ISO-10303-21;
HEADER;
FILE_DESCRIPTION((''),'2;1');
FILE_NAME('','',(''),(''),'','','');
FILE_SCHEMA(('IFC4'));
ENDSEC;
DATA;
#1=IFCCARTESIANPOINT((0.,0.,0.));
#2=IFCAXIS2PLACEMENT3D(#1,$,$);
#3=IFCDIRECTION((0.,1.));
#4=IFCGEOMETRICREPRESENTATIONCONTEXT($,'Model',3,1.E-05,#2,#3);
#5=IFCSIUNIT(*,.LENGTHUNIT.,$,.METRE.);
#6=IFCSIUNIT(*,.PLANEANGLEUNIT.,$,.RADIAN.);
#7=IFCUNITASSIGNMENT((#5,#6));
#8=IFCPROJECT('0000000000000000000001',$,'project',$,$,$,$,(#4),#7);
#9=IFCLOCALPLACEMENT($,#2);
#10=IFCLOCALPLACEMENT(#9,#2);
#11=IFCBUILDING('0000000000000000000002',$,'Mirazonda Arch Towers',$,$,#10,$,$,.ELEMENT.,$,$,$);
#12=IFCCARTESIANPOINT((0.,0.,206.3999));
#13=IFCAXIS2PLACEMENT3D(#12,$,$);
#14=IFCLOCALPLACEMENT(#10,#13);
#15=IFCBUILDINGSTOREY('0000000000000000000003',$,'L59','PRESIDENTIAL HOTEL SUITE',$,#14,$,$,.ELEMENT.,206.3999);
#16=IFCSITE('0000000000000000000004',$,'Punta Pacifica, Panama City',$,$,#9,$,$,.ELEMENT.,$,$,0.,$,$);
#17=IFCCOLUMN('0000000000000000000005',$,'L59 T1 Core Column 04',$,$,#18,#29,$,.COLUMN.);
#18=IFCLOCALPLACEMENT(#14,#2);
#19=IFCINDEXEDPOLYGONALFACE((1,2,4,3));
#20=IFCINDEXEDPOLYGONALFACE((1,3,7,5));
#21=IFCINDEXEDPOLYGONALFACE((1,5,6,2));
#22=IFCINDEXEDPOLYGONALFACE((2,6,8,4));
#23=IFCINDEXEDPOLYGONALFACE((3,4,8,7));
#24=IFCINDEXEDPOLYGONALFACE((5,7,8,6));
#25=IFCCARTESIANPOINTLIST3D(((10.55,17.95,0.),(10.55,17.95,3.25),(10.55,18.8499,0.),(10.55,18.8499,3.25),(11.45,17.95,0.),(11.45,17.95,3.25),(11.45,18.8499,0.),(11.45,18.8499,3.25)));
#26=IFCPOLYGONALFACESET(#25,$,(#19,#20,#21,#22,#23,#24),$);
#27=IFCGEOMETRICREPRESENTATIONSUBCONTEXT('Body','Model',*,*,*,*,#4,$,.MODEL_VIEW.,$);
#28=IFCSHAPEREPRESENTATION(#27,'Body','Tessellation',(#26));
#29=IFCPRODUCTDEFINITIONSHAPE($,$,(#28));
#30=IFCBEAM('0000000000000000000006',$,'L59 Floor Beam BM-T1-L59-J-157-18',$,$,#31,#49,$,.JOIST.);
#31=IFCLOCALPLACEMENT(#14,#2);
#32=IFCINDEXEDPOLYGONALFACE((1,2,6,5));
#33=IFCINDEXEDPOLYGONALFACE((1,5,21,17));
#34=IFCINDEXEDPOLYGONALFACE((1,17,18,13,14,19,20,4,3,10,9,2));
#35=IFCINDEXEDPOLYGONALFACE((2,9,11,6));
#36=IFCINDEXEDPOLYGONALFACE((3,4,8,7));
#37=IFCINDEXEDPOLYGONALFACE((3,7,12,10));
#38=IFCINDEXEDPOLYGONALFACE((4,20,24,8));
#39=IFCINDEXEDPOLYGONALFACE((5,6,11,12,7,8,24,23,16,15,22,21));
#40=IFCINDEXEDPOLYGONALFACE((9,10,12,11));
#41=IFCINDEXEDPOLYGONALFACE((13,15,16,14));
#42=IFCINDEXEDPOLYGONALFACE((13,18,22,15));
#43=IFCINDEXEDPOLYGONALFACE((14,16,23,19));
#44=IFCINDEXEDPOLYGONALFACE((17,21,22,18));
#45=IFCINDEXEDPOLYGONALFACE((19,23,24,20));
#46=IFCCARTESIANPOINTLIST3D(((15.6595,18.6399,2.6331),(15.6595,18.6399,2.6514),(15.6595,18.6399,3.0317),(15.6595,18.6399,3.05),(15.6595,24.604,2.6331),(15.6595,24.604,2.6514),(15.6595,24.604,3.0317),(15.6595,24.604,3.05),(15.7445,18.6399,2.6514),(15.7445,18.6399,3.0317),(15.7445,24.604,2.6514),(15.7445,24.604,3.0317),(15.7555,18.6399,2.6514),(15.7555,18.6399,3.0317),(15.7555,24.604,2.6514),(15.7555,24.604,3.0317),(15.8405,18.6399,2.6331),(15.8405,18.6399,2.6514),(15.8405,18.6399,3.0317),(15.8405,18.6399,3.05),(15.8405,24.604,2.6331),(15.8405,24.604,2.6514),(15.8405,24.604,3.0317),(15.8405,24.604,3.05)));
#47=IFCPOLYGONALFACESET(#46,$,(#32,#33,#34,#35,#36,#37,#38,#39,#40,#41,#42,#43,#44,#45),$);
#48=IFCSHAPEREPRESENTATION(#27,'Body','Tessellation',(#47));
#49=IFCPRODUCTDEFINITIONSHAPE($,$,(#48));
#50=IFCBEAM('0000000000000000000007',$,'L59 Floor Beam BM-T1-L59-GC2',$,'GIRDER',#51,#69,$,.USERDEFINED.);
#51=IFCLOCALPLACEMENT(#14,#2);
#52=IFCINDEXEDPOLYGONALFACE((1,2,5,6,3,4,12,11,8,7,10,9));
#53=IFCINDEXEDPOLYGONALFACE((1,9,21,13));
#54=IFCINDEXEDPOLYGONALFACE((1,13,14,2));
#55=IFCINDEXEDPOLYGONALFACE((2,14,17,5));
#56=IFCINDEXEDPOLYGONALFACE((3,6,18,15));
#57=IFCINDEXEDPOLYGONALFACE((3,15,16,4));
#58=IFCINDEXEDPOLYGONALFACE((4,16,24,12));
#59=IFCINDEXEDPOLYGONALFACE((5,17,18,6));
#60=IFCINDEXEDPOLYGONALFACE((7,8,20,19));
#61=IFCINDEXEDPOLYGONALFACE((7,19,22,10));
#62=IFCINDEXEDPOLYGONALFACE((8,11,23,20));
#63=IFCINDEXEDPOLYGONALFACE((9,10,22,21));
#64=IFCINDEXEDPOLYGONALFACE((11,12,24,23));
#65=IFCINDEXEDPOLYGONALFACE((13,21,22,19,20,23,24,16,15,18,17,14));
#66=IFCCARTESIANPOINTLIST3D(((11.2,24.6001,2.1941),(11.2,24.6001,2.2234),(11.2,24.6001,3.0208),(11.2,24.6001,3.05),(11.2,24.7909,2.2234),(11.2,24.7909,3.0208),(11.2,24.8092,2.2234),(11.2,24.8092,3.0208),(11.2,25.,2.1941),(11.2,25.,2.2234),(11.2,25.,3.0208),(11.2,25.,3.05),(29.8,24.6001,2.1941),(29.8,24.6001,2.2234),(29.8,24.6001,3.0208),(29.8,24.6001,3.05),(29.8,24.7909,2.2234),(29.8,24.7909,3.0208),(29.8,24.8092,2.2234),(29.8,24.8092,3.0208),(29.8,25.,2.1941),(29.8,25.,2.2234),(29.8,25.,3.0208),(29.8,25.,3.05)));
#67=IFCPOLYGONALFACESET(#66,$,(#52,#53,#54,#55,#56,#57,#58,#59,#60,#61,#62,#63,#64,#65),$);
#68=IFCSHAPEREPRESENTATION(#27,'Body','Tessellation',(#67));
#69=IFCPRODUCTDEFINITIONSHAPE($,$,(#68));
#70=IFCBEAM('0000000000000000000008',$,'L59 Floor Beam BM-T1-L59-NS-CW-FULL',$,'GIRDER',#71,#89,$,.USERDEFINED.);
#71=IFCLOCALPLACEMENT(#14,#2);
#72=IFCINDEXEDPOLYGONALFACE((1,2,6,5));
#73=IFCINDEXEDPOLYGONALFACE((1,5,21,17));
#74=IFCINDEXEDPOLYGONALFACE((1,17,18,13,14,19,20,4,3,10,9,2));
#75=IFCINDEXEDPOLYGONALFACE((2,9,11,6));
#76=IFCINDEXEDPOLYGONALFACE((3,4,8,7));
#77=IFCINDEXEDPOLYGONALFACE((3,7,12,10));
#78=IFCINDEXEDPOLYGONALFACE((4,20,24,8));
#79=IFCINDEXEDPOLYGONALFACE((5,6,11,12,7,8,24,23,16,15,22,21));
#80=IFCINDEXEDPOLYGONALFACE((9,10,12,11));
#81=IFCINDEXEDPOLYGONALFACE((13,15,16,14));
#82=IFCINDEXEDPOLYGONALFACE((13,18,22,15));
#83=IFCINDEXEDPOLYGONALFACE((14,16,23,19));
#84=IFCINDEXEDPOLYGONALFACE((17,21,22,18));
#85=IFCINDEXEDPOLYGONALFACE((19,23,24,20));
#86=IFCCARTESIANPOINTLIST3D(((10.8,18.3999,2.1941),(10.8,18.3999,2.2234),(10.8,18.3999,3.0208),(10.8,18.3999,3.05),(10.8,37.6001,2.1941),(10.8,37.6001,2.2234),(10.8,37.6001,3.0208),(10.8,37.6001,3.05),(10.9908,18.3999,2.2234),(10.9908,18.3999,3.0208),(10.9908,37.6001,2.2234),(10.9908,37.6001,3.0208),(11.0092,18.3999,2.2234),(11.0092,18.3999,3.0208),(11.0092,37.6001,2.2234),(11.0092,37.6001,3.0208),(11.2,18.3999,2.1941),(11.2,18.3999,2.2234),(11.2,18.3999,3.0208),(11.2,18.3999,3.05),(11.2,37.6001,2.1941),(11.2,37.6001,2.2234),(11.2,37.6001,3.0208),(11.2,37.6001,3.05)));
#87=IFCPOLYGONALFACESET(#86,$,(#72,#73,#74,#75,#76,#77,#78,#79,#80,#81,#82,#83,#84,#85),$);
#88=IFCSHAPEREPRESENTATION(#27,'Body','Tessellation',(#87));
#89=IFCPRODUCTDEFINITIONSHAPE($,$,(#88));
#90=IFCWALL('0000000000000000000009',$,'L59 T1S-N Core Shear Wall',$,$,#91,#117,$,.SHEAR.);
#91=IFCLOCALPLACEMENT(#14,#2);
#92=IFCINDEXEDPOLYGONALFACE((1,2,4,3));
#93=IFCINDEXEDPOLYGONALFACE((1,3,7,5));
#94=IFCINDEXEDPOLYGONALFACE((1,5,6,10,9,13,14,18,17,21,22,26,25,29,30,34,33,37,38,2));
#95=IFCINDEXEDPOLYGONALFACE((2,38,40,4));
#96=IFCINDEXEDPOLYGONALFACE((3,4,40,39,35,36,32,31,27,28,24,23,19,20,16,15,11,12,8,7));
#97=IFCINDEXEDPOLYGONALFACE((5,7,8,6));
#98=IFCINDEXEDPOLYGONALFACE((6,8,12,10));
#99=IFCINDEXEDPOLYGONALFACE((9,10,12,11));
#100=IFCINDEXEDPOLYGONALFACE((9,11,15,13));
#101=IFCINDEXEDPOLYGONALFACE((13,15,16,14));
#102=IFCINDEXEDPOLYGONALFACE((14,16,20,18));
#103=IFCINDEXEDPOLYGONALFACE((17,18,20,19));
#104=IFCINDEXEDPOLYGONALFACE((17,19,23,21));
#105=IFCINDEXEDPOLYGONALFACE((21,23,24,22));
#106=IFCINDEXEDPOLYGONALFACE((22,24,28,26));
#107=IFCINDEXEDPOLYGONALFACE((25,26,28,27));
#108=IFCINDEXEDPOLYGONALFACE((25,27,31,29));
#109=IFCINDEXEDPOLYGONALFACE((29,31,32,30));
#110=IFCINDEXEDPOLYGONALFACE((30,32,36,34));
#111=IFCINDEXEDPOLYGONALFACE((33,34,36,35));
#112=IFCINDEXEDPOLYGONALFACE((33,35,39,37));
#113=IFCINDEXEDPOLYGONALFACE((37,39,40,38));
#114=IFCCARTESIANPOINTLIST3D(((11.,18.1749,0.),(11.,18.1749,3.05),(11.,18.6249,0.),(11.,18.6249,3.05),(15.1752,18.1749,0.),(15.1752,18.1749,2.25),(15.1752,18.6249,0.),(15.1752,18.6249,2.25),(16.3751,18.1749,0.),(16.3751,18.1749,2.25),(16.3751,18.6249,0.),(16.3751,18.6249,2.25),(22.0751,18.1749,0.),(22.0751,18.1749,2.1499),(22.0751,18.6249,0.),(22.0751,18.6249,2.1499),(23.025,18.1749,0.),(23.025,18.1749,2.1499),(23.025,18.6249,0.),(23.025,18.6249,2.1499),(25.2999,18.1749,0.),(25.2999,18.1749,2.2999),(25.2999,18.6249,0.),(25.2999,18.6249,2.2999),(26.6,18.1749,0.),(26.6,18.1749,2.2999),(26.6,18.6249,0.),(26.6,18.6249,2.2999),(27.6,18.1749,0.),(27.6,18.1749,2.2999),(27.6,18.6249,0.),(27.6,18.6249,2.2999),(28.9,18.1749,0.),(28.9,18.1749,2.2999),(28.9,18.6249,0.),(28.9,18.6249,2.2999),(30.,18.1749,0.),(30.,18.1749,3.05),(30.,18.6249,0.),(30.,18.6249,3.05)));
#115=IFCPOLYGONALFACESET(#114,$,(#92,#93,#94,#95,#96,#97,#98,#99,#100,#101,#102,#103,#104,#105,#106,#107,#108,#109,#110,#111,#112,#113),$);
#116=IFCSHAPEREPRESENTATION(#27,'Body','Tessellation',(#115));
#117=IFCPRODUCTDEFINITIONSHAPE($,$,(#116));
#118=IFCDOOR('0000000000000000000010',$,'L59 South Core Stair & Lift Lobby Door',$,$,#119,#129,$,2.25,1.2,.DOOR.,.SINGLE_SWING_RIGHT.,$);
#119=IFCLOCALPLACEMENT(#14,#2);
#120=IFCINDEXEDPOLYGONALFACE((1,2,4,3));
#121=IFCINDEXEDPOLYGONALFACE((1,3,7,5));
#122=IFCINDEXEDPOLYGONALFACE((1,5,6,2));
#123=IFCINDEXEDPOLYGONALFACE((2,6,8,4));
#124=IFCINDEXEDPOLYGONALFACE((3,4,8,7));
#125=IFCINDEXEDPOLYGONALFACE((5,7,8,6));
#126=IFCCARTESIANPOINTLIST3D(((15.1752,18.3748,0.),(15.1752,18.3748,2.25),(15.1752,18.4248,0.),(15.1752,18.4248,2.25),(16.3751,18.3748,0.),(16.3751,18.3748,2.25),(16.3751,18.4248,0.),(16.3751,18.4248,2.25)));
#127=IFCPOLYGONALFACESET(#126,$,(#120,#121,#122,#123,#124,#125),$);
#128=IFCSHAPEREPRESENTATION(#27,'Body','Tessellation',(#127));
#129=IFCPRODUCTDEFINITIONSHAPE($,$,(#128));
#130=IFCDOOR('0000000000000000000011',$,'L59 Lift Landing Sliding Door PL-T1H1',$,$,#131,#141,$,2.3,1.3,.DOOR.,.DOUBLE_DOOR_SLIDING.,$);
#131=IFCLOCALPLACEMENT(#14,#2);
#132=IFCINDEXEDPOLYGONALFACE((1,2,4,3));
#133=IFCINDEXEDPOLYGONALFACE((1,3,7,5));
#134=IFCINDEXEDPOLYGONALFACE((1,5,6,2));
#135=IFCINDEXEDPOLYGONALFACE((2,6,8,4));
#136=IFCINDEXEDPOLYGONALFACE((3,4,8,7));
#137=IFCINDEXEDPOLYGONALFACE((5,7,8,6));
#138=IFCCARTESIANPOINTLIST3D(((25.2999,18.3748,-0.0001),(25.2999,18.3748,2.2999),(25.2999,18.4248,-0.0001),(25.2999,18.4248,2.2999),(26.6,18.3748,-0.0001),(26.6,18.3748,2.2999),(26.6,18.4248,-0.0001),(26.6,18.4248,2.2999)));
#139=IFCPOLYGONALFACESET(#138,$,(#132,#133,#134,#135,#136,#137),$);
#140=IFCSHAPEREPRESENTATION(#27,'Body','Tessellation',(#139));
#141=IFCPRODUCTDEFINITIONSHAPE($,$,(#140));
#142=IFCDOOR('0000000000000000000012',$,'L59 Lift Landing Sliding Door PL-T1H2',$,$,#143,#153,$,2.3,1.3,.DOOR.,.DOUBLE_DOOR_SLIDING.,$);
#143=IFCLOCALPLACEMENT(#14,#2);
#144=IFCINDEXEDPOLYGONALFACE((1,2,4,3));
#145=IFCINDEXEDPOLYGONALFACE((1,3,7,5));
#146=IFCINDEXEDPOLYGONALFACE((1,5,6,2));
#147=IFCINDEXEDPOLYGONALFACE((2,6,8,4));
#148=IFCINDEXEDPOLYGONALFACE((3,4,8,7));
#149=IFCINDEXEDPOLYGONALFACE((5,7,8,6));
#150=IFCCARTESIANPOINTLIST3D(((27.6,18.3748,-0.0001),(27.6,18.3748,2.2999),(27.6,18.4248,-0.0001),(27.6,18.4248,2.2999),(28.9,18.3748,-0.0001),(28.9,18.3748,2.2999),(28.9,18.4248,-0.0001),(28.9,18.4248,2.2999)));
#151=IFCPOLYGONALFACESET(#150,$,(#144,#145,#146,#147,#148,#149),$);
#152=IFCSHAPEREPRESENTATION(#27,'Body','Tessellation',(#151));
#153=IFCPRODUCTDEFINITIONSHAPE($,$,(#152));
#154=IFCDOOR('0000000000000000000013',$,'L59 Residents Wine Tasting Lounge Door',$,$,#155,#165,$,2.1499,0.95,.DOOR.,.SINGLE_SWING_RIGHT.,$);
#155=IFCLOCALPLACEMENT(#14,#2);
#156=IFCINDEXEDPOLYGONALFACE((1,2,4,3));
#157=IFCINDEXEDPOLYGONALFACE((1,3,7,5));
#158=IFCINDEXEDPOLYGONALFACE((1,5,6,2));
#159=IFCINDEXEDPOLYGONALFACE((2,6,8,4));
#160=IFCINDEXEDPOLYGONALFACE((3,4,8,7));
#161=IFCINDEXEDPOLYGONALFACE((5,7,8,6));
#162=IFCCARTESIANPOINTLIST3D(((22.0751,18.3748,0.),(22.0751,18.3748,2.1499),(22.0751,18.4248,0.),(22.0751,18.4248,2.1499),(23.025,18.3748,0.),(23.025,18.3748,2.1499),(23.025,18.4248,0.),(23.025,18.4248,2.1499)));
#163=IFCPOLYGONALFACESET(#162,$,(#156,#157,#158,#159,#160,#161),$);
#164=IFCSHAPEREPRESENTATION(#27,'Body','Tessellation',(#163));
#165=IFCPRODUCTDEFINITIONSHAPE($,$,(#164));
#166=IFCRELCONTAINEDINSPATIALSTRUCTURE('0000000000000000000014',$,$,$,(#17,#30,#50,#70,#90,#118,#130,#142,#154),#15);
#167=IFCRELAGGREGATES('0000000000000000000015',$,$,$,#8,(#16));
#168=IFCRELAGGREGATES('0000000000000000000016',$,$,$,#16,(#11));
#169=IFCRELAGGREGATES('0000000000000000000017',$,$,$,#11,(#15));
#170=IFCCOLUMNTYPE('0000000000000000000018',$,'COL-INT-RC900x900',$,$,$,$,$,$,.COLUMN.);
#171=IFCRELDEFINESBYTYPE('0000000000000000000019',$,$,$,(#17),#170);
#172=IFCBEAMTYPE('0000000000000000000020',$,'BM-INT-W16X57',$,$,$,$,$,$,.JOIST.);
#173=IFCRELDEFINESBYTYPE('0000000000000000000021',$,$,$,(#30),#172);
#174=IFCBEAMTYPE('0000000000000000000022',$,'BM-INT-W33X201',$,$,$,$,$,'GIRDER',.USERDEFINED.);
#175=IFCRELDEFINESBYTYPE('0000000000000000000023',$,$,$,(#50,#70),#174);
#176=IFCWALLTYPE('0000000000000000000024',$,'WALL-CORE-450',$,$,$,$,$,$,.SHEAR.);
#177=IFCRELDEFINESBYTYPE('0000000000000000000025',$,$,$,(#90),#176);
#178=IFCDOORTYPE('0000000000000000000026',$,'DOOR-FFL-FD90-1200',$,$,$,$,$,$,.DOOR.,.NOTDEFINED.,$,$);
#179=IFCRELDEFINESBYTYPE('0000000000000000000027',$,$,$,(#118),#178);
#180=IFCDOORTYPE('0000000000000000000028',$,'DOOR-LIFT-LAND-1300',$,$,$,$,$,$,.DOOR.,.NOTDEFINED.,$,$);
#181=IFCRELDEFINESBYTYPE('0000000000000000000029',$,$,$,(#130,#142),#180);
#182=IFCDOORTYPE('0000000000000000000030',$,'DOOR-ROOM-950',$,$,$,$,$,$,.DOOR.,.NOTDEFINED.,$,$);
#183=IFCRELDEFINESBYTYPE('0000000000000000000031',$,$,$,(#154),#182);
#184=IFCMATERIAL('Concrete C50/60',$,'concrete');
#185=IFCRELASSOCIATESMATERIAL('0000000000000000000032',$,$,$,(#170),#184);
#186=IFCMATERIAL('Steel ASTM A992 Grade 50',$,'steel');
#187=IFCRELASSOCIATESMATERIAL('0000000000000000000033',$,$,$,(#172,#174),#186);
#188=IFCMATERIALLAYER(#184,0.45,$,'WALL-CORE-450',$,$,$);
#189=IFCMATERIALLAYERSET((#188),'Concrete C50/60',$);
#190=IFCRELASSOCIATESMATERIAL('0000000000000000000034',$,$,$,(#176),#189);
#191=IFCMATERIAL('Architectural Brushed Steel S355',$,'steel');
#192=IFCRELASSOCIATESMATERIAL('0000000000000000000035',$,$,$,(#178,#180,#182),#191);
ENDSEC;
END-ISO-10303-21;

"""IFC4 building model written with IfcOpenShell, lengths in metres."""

from ifc_helpers import new_model, si_unit, direction, frame, frame_2d, origin, origin_2d, place, context, subcontext, project, spatial, rectangle, i_section, extrude, material, layer, layer_set, material_profile, profile_set, type_object, element, fill, save


model = new_model("IFC4")

# Units and contexts
model_context = context("Model", 3, precision=1e-05, world=origin(), true_north=direction((0.0, 1.0)))
body_context = subcontext(model_context, "Body", "Model", "MODEL_VIEW")
ifc_project = project(units=[si_unit("LENGTHUNIT", "METRE"), si_unit("PLANEANGLEUNIT", "RADIAN")], contexts=[model_context])

# Site, building, storey
site_placement = place(None, origin())
site = spatial("IfcSite", under=ifc_project, at=site_placement, Name="Punta Pacifica, Panama City", CompositionType="ELEMENT", RefElevation=0.0)
building_placement = place(site_placement, origin())
building = spatial("IfcBuilding", under=site, at=building_placement, Name="Mirazonda Arch Towers", CompositionType="ELEMENT")
storey_placement = place(building_placement, frame((0.0, 0.0, 206.3999)))
storey = spatial("IfcBuildingStorey", under=building, at=storey_placement, Name="L59", Description="PRESIDENTIAL HOTEL SUITE", CompositionType="ELEMENT", Elevation=206.3999)

# Column
ifc_material_1 = material(Name="Concrete C50/60", Category="concrete")
ifc_material_profile_1 = material_profile(ifc_material_1, rectangle(XDim=0.8999, YDim=0.8999, at=origin_2d()), Name="RC900x900")
ifc_profile_set_1 = profile_set([ifc_material_profile_1], Name="Concrete C50/60")
column_type = type_object("IfcColumnType", Name="COL-INT-RC900x900", PredefinedType="COLUMN", material=ifc_profile_set_1)
column_placement = place(storey_placement, frame((11.0, 18.3999, 0.0), z_axis=(0.0, 0.0, 1.0), x_axis=(1.0, 0.0, 0.0)))
element("IfcColumn", 1, at=column_placement, inside=storey, type_object=column_type, Name="L59 T1 Core Column 04", PredefinedType="COLUMN", context=body_context, shape_type="SweptSolid", body=[
    extrude(rectangle(XDim=0.8999, YDim=0.8999, at=origin_2d()), origin(), (0.0, 0.0, 1.0), 3.25),
])

# Beams
ifc_material_2 = material(Name="Steel ASTM A992 Grade 50", Category="steel")
ifc_material_profile_2 = material_profile(ifc_material_2, i_section(OverallWidth=0.1809, OverallDepth=0.417, WebThickness=0.011, FlangeThickness=0.0183, at=origin_2d()), Name="W16X57")
ifc_profile_set_2 = profile_set([ifc_material_profile_2], Name="Steel ASTM A992 Grade 50")
beam_type_1 = type_object("IfcBeamType", Name="BM-INT-W16X57", PredefinedType="JOIST", material=ifc_profile_set_2)
beam_1_placement = place(storey_placement, frame((15.75, 18.6399, 2.8416), z_axis=(0.0, 1.0, 0.0), x_axis=(-1.0, 0.0, 0.0)))
element("IfcBeam", 2, at=beam_1_placement, inside=storey, type_object=beam_type_1, Name="L59 Floor Beam BM-T1-L59-J-157-18", PredefinedType="JOIST", context=body_context, shape_type="SweptSolid", body=[
    extrude(i_section(OverallWidth=0.1809, OverallDepth=0.417, WebThickness=0.011, FlangeThickness=0.0183, at=origin_2d()), origin(), (0.0, 0.0, 1.0), 5.9641),
])
ifc_material_profile_3 = material_profile(ifc_material_2, i_section(OverallWidth=0.3999, OverallDepth=0.856, WebThickness=0.0183, FlangeThickness=0.0293, at=origin_2d()), Name="W33X201")
ifc_profile_set_3 = profile_set([ifc_material_profile_3], Name="Steel ASTM A992 Grade 50")
beam_type_2 = type_object("IfcBeamType", Name="BM-INT-W33X201", ElementType="GIRDER", PredefinedType="USERDEFINED", material=ifc_profile_set_3)
beam_2_placement = place(storey_placement, frame((11.2, 24.8, 2.6221), z_axis=(1.0, 0.0, 0.0), x_axis=(0.0, 1.0, 0.0)))
element("IfcBeam", 3, at=beam_2_placement, inside=storey, type_object=beam_type_2, Name="L59 Floor Beam BM-T1-L59-GC2", ObjectType="GIRDER", PredefinedType="USERDEFINED", context=body_context, shape_type="SweptSolid", body=[
    extrude(i_section(OverallWidth=0.3999, OverallDepth=0.856, WebThickness=0.0183, FlangeThickness=0.0293, at=origin_2d()), origin(), (0.0, 0.0, 1.0), 18.6001),
])
beam_3_placement = place(storey_placement, frame((11.0, 18.3999, 2.6221), z_axis=(0.0, 1.0, 0.0), x_axis=(-1.0, 0.0, 0.0)))
element("IfcBeam", 4, at=beam_3_placement, inside=storey, type_object=beam_type_2, Name="L59 Floor Beam BM-T1-L59-NS-CW-FULL", ObjectType="GIRDER", PredefinedType="USERDEFINED", context=body_context, shape_type="SweptSolid", body=[
    extrude(i_section(OverallWidth=0.3999, OverallDepth=0.856, WebThickness=0.0183, FlangeThickness=0.0293, at=origin_2d()), origin(), (0.0, 0.0, 1.0), 19.2002),
])

# Wall, openings, doors
ifc_layer_1 = layer(ifc_material_1, 0.45, Name="WALL-CORE-450")
ifc_layer_set_1 = layer_set([ifc_layer_1], Name="Concrete C50/60")
wall_type_1 = type_object("IfcWallType", Name="WALL-CORE-450", PredefinedType="SHEAR", material=ifc_layer_set_1)
wall_1_placement = place(storey_placement, frame((11.0, 18.3999, 0.0), z_axis=(0.0, 0.0, 1.0), x_axis=(1.0, 0.0, 0.0)))
wall_1 = element("IfcWall", 5, at=wall_1_placement, inside=storey, type_object=wall_type_1, Name="L59 T1S-N Core Shear Wall", PredefinedType="SHEAR", context=body_context, shape_type="SweptSolid", body=[
    extrude(rectangle(XDim=19.0, YDim=0.45, at=frame_2d((9.5, 0.0))), origin(), (0.0, 0.0, 1.0), 3.05),
])
opening_1_placement = place(wall_1_placement, frame((4.175, 0.0, 0.0)))
opening_1 = element("IfcOpeningElement", 6, at=opening_1_placement, cuts=wall_1, PredefinedType="OPENING", context=body_context, shape_type="SweptSolid", body=[
    extrude(rectangle(XDim=1.2, YDim=2.25, at=frame_2d((0.6001, 1.125))), frame((0.0, 0.2349, 0.0), z_axis=(0.0, -1.0, 0.0), x_axis=(1.0, 0.0, 0.0)), (0.0, 0.0, 1.0), 0.47),
])
opening_2_placement = place(wall_1_placement, frame((11.075, 0.0, 0.0)))
opening_2 = element("IfcOpeningElement", 7, at=opening_2_placement, cuts=wall_1, PredefinedType="OPENING", context=body_context, shape_type="SweptSolid", body=[
    extrude(rectangle(XDim=0.95, YDim=2.1499, at=frame_2d((0.4751, 1.075))), frame((0.0, 0.2349, 0.0), z_axis=(0.0, -1.0, 0.0), x_axis=(1.0, 0.0, 0.0)), (0.0, 0.0, 1.0), 0.47),
])
opening_3_placement = place(wall_1_placement, frame((14.3, 0.0, 0.0)))
opening_3 = element("IfcOpeningElement", 8, at=opening_3_placement, cuts=wall_1, PredefinedType="OPENING", context=body_context, shape_type="SweptSolid", body=[
    extrude(rectangle(XDim=1.3, YDim=2.3, at=frame_2d((0.6499, 1.1499))), frame((0.0, 0.2349, 0.0), z_axis=(0.0, -1.0, 0.0), x_axis=(1.0, 0.0, 0.0)), (0.0, 0.0, 1.0), 0.47),
])
opening_4_placement = place(wall_1_placement, frame((16.6001, 0.0, 0.0)))
opening_4 = element("IfcOpeningElement", 9, at=opening_4_placement, cuts=wall_1, PredefinedType="OPENING", context=body_context, shape_type="SweptSolid", body=[
    extrude(rectangle(XDim=1.3, YDim=2.3, at=frame_2d((0.6499, 1.1499))), frame((0.0, 0.2349, 0.0), z_axis=(0.0, -1.0, 0.0), x_axis=(1.0, 0.0, 0.0)), (0.0, 0.0, 1.0), 0.47),
])
ifc_material_3 = material(Name="Architectural Brushed Steel S355", Category="steel")
door_type_1 = type_object("IfcDoorType", Name="DOOR-FFL-FD90-1200", OperationType="NOTDEFINED", PredefinedType="DOOR", material=ifc_material_3)
door_1_placement = place(opening_1_placement, origin())
door_1 = element("IfcDoor", 10, at=door_1_placement, inside=storey, type_object=door_type_1, Name="L59 South Core Stair & Lift Lobby Door", OperationType="SINGLE_SWING_RIGHT", OverallHeight=2.25, OverallWidth=1.2, PredefinedType="DOOR", context=body_context, shape_type="SweptSolid", body=[
    extrude(rectangle(XDim=1.2, YDim=2.25, at=frame_2d((0.6001, 1.125))), frame((0.0, 0.0249, 0.0), z_axis=(0.0, -1.0, 0.0), x_axis=(1.0, 0.0, 0.0)), (0.0, 0.0, 1.0), 0.05),
])
fill(opening_1, door_1)
door_type_2 = type_object("IfcDoorType", Name="DOOR-LIFT-LAND-1300", OperationType="NOTDEFINED", PredefinedType="DOOR", material=ifc_material_3)
door_2_placement = place(opening_3_placement, origin())
door_2 = element("IfcDoor", 11, at=door_2_placement, inside=storey, type_object=door_type_2, Name="L59 Lift Landing Sliding Door PL-T1H1", OperationType="DOUBLE_DOOR_SLIDING", OverallHeight=2.3, OverallWidth=1.3, PredefinedType="DOOR", context=body_context, shape_type="SweptSolid", body=[
    extrude(rectangle(XDim=1.3, YDim=2.3, at=frame_2d((0.6499, 1.1499))), frame((0.0, 0.0249, 0.0), z_axis=(0.0, -1.0, 0.0), x_axis=(1.0, 0.0, 0.0)), (0.0, 0.0, 1.0), 0.05),
])
fill(opening_3, door_2)
door_3_placement = place(opening_4_placement, origin())
door_3 = element("IfcDoor", 12, at=door_3_placement, inside=storey, type_object=door_type_2, Name="L59 Lift Landing Sliding Door PL-T1H2", OperationType="DOUBLE_DOOR_SLIDING", OverallHeight=2.3, OverallWidth=1.3, PredefinedType="DOOR", context=body_context, shape_type="SweptSolid", body=[
    extrude(rectangle(XDim=1.3, YDim=2.3, at=frame_2d((0.6499, 1.1499))), frame((0.0, 0.0249, 0.0), z_axis=(0.0, -1.0, 0.0), x_axis=(1.0, 0.0, 0.0)), (0.0, 0.0, 1.0), 0.05),
])
fill(opening_4, door_3)
door_type_3 = type_object("IfcDoorType", Name="DOOR-ROOM-950", OperationType="NOTDEFINED", PredefinedType="DOOR", material=ifc_material_3)
door_4_placement = place(opening_2_placement, origin())
door_4 = element("IfcDoor", 13, at=door_4_placement, inside=storey, type_object=door_type_3, Name="L59 Residents Wine Tasting Lounge Door", OperationType="SINGLE_SWING_RIGHT", OverallHeight=2.1499, OverallWidth=0.95, PredefinedType="DOOR", context=body_context, shape_type="SweptSolid", body=[
    extrude(rectangle(XDim=0.95, YDim=2.1499, at=frame_2d((0.4751, 1.075))), frame((0.0, 0.0249, 0.0), z_axis=(0.0, -1.0, 0.0), x_axis=(1.0, 0.0, 0.0)), (0.0, 0.0, 1.0), 0.05),
])
fill(opening_2, door_4)

save(model, "model.ifc")
